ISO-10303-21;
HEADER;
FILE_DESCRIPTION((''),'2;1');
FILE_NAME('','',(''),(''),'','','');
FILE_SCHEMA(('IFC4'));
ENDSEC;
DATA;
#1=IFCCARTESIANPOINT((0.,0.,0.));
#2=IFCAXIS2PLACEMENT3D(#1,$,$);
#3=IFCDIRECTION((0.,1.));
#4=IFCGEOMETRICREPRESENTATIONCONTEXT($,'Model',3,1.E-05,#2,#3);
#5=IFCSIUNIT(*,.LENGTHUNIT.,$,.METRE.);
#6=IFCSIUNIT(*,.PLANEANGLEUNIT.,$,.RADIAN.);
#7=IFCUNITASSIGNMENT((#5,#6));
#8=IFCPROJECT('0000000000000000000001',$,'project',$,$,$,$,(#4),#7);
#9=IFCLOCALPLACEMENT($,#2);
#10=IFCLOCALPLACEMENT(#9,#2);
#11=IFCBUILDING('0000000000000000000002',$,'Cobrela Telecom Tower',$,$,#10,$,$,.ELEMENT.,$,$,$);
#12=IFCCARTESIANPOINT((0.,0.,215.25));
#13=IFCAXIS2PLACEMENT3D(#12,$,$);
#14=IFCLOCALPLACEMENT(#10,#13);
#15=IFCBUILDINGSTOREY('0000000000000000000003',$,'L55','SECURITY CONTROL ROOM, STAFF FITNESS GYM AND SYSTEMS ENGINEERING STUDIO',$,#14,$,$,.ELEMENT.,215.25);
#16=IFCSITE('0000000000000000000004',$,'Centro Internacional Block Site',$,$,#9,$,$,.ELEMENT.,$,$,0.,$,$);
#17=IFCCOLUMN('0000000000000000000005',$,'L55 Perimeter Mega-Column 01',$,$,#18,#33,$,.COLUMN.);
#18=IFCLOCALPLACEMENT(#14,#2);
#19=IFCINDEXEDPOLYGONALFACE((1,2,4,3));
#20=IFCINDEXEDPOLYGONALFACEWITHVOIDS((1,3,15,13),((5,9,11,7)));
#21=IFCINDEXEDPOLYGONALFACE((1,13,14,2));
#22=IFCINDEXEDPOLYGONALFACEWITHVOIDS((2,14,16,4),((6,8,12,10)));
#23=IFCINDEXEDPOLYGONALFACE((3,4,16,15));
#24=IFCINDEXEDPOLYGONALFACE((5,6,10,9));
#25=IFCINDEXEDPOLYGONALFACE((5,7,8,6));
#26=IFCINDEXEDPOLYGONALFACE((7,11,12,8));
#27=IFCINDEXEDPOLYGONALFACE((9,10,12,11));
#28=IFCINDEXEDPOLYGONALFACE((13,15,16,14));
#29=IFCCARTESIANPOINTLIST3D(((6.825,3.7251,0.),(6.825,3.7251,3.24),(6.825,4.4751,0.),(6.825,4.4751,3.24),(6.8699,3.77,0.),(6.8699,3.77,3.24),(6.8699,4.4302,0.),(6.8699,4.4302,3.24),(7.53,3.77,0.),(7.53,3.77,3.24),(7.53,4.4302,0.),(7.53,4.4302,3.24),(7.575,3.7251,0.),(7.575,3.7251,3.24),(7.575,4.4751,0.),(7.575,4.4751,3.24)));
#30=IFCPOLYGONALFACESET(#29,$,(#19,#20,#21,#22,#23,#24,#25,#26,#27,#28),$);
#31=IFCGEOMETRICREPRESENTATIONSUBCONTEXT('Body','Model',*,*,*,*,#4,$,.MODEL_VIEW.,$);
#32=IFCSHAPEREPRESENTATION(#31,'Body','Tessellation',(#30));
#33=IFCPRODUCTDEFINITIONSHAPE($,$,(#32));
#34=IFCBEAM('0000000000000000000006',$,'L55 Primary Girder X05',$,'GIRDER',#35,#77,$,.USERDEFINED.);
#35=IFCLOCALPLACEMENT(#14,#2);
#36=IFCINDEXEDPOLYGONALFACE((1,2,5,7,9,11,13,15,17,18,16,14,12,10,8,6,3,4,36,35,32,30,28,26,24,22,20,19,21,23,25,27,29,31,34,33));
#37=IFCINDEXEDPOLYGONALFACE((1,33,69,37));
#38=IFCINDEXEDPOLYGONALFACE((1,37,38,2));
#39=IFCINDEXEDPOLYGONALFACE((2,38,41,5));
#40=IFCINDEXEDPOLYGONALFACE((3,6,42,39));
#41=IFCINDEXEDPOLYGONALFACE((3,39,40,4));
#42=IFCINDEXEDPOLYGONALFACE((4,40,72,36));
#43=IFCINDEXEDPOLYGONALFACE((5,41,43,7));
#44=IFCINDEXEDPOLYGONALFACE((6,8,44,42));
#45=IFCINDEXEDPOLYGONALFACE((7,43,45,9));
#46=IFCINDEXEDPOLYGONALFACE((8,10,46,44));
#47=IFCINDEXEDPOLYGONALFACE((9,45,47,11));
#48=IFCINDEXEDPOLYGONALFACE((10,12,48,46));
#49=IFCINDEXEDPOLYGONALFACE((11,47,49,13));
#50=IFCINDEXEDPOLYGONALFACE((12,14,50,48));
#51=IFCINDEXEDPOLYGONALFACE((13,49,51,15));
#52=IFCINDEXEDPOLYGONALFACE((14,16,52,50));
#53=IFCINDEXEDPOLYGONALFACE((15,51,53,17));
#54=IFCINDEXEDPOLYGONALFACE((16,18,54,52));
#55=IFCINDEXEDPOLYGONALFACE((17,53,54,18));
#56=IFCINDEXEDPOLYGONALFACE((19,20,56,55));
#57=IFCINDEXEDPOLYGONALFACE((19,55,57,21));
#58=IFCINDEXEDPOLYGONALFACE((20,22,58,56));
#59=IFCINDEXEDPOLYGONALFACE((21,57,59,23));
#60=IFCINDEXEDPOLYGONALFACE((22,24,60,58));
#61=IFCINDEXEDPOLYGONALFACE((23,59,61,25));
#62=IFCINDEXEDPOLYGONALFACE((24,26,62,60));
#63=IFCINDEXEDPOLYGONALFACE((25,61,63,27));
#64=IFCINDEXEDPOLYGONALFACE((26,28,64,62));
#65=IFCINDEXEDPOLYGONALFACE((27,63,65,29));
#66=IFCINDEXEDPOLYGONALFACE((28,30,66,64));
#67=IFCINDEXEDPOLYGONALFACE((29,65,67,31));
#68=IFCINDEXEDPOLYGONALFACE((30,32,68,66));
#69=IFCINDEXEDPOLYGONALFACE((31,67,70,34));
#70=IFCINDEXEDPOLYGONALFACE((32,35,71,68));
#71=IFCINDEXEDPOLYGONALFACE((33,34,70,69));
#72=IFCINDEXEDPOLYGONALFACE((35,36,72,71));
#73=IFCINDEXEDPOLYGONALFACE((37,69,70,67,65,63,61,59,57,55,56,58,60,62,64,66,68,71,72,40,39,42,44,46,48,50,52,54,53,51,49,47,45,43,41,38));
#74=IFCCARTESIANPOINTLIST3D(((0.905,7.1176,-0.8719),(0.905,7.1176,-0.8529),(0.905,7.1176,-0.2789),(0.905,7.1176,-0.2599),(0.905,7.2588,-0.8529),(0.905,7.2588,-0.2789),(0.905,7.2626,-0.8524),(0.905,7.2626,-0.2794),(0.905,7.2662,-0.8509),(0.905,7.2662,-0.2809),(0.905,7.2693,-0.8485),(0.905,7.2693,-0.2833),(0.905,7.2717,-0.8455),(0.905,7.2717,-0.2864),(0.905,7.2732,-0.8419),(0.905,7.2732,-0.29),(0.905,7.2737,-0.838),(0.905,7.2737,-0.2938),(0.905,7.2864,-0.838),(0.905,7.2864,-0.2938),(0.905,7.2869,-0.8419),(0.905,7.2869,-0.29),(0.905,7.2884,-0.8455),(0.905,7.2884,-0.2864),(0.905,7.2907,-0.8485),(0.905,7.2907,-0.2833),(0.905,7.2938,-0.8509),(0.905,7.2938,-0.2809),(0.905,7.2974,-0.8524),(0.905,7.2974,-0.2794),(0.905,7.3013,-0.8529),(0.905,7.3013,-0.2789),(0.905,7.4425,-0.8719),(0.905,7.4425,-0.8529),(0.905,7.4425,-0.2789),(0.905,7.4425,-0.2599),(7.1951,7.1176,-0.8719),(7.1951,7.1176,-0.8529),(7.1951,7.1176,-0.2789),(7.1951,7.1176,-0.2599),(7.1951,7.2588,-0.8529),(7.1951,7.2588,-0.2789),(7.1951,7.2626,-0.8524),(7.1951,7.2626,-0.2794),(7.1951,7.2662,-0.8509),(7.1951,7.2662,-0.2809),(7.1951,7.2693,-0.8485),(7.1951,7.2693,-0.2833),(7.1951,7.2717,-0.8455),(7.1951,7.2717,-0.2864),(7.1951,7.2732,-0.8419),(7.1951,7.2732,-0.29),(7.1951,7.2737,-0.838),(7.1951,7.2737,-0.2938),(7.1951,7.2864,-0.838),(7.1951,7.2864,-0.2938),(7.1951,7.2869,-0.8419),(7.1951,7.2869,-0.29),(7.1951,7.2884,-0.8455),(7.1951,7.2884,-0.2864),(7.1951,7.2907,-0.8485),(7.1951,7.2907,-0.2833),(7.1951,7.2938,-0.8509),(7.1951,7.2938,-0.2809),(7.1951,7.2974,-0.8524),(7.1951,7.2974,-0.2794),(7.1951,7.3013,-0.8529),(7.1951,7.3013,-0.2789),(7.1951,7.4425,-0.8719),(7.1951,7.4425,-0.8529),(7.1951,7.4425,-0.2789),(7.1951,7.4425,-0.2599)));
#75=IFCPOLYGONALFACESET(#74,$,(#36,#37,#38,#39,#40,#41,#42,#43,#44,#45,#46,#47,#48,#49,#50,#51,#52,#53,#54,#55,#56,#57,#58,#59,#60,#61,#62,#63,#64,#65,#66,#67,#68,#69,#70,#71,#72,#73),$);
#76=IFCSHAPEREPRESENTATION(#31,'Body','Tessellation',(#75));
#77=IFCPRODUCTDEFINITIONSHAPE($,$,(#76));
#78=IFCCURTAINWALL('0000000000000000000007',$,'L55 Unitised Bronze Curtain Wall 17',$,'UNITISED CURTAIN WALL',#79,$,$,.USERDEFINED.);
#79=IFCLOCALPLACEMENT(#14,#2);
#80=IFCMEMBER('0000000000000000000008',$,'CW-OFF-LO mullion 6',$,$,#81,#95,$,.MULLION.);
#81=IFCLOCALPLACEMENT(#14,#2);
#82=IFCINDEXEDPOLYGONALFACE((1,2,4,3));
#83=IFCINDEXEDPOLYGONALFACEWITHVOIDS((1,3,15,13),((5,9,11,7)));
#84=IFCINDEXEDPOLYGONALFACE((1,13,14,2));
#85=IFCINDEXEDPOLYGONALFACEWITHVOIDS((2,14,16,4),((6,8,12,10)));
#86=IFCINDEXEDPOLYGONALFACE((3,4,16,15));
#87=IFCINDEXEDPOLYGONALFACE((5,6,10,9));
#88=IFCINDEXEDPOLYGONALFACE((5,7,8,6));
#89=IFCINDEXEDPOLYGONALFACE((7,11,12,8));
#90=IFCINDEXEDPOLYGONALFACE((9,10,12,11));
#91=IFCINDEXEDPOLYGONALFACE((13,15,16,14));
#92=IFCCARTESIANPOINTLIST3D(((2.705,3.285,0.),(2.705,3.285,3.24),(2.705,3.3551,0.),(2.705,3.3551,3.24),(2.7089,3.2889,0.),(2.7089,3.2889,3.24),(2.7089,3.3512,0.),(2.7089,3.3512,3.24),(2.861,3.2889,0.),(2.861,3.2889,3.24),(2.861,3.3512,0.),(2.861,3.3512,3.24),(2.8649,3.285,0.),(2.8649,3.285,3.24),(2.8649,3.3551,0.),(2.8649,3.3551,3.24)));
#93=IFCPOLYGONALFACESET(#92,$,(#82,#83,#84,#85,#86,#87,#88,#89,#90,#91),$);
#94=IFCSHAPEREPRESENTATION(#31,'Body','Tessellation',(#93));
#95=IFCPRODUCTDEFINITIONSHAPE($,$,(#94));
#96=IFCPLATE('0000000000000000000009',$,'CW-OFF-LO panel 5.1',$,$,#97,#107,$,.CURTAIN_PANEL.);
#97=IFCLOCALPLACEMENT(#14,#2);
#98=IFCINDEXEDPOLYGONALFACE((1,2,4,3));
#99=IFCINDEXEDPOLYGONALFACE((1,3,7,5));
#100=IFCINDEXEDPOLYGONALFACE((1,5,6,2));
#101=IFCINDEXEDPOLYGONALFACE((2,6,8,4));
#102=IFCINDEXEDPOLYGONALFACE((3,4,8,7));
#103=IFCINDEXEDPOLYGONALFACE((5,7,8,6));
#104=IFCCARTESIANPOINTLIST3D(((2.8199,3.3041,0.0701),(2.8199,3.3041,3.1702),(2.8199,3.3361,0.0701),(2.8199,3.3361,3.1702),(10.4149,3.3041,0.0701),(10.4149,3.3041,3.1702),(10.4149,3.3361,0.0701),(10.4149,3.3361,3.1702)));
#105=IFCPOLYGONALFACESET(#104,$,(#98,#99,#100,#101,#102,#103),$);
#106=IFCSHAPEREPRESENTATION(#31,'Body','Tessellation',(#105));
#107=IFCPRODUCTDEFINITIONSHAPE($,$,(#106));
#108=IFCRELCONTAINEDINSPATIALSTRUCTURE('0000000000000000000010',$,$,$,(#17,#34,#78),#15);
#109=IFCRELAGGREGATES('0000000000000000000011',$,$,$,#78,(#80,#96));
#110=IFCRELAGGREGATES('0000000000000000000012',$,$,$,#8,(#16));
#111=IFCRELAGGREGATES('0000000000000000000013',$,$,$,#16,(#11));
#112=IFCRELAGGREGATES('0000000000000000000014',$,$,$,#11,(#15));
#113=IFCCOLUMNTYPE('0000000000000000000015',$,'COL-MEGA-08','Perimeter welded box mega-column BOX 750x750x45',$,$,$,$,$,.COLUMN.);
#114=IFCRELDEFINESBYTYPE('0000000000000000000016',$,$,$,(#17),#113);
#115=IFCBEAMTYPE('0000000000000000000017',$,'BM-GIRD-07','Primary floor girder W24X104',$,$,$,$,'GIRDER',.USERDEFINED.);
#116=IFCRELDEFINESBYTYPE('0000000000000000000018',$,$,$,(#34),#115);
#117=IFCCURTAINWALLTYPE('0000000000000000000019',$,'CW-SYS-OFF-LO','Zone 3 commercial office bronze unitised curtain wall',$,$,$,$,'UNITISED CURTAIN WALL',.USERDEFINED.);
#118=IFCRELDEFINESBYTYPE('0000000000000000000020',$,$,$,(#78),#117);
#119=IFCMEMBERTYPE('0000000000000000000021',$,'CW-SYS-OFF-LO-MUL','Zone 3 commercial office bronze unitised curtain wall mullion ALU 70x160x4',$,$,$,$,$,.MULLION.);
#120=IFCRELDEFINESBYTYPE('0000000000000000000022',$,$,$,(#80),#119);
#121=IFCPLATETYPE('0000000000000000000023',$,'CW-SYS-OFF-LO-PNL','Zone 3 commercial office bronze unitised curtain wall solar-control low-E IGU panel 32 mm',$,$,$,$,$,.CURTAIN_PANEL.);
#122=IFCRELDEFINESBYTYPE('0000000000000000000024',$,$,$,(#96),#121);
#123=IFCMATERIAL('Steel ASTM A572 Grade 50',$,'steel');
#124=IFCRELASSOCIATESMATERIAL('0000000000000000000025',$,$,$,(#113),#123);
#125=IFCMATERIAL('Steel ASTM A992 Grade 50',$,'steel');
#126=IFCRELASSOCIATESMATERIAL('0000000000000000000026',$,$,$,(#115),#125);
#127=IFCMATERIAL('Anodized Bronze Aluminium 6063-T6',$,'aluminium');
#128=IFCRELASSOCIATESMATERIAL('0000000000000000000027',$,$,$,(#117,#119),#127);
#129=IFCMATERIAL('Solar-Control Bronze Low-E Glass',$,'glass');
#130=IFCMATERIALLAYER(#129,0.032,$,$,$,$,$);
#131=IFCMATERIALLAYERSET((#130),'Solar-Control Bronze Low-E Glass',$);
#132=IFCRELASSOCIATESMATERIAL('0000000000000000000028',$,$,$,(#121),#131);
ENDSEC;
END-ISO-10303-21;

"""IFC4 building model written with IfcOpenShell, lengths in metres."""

from ifc_helpers import new_model, si_unit, direction, frame, origin, origin_2d, place, context, subcontext, project, spatial, rectangle, hollow_rectangle, i_section, extrude, material, layer, layer_set, material_profile, profile_set, type_object, element, aggregate, save


model = new_model("IFC4")

# Units and contexts
model_context = context("Model", 3, precision=1e-05, world=origin(), true_north=direction((0.0, 1.0)))
body_context = subcontext(model_context, "Body", "Model", "MODEL_VIEW")
ifc_project = project(units=[si_unit("LENGTHUNIT", "METRE"), si_unit("PLANEANGLEUNIT", "RADIAN")], contexts=[model_context])

# Site, building, storey
site_placement = place(None, origin())
site = spatial("IfcSite", under=ifc_project, at=site_placement, Name="Centro Internacional Block Site", CompositionType="ELEMENT", RefElevation=0.0)
building_placement = place(site_placement, origin())
building = spatial("IfcBuilding", under=site, at=building_placement, Name="Cobrela Telecom Tower", CompositionType="ELEMENT")
storey_placement = place(building_placement, frame((0.0, 0.0, 215.25)))
storey = spatial("IfcBuildingStorey", under=building, at=storey_placement, Name="L55", Description="SECURITY CONTROL ROOM, STAFF FITNESS GYM AND SYSTEMS ENGINEERING STUDIO", CompositionType="ELEMENT", Elevation=215.25)

# Column
ifc_material_1 = material(Name="Steel ASTM A572 Grade 50", Category="steel")
ifc_material_profile_1 = material_profile(ifc_material_1, hollow_rectangle(XDim=0.75, YDim=0.75, WallThickness=0.0449, at=origin_2d()), Name="BOX 750x750x45")
ifc_profile_set_1 = profile_set([ifc_material_profile_1], Name="Steel ASTM A572 Grade 50")
column_type = type_object("IfcColumnType", Name="COL-MEGA-08", Description="Perimeter welded box mega-column BOX 750x750x45", PredefinedType="COLUMN", material=ifc_profile_set_1)
column_placement = place(storey_placement, frame((7.2, 4.1001, 0.0), z_axis=(0.0, 0.0, 1.0), x_axis=(1.0, 0.0, 0.0)))
element("IfcColumn", 1, at=column_placement, inside=storey, type_object=column_type, Name="L55 Perimeter Mega-Column 01", PredefinedType="COLUMN", context=body_context, shape_type="SweptSolid", body=[
    extrude(hollow_rectangle(XDim=0.75, YDim=0.75, WallThickness=0.0449, at=origin_2d()), origin(), (0.0, 0.0, 1.0), 3.24),
])

# Beam
ifc_material_2 = material(Name="Steel ASTM A992 Grade 50", Category="steel")
ifc_material_profile_2 = material_profile(ifc_material_2, i_section(OverallWidth=0.325, OverallDepth=0.6121, WebThickness=0.0127, FlangeThickness=0.019, FilletRadius=0.0149, at=origin_2d()), Name="W24X104")
ifc_profile_set_2 = profile_set([ifc_material_profile_2], Name="Steel ASTM A992 Grade 50")
beam_type = type_object("IfcBeamType", Name="BM-GIRD-07", Description="Primary floor girder W24X104", ElementType="GIRDER", PredefinedType="USERDEFINED", material=ifc_profile_set_2)
beam_placement = place(storey_placement, frame((0.905, 7.28, -0.5659), z_axis=(1.0, 0.0, 0.0), x_axis=(0.0, 1.0, 0.0)))
element("IfcBeam", 2, at=beam_placement, inside=storey, type_object=beam_type, Name="L55 Primary Girder X05", ObjectType="GIRDER", PredefinedType="USERDEFINED", context=body_context, shape_type="SweptSolid", body=[
    extrude(i_section(OverallWidth=0.325, OverallDepth=0.6121, WebThickness=0.0127, FlangeThickness=0.019, FilletRadius=0.0149, at=origin_2d()), origin(), (0.0, 0.0, 1.0), 6.29),
])

# Curtain wall, member, plate
ifc_material_3 = material(Name="Anodized Bronze Aluminium 6063-T6", Category="aluminium")
curtain_wall_type = type_object("IfcCurtainWallType", Name="CW-SYS-OFF-LO", Description="Zone 3 commercial office bronze unitised curtain wall", ElementType="UNITISED CURTAIN WALL", PredefinedType="USERDEFINED", material=ifc_material_3)
curtain_wall_placement = place(storey_placement, origin())
curtain_wall = element("IfcCurtainWall", 3, at=curtain_wall_placement, inside=storey, type_object=curtain_wall_type, Name="L55 Unitised Bronze Curtain Wall 17", ObjectType="UNITISED CURTAIN WALL", PredefinedType="USERDEFINED")
ifc_material_profile_3 = material_profile(ifc_material_3, hollow_rectangle(XDim=0.0701, YDim=0.1599, WallThickness=0.0039, at=origin_2d()), Name="ALU 70x160x4")
ifc_profile_set_3 = profile_set([ifc_material_profile_3], Name="Anodized Bronze Aluminium 6063-T6")
member_type = type_object("IfcMemberType", Name="CW-SYS-OFF-LO-MUL", Description="Zone 3 commercial office bronze unitised curtain wall mullion ALU 70x160x4", PredefinedType="MULLION", material=ifc_profile_set_3)
member_placement = place(storey_placement, frame((2.7849, 3.3201, 0.0), z_axis=(0.0, 0.0, 1.0), x_axis=(0.0, -1.0, 0.0)))
member = element("IfcMember", 4, at=member_placement, type_object=member_type, Name="CW-OFF-LO mullion 6", PredefinedType="MULLION", context=body_context, shape_type="SweptSolid", body=[
    extrude(hollow_rectangle(XDim=0.0701, YDim=0.1599, WallThickness=0.0039, at=origin_2d()), origin(), (0.0, 0.0, 1.0), 3.24),
])
ifc_material_4 = material(Name="Solar-Control Bronze Low-E Glass", Category="glass")
ifc_layer_1 = layer(ifc_material_4, 0.032)
ifc_layer_set_1 = layer_set([ifc_layer_1], Name="Solar-Control Bronze Low-E Glass")
plate_type = type_object("IfcPlateType", Name="CW-SYS-OFF-LO-PNL", Description="Zone 3 commercial office bronze unitised curtain wall solar-control low-E IGU panel 32 mm", PredefinedType="CURTAIN_PANEL", material=ifc_layer_set_1)
plate_placement = place(storey_placement, frame((6.6174, 3.3201, 0.0701), z_axis=(0.0, 0.0, 1.0), x_axis=(-1.0, 0.0, 0.0)))
plate = element("IfcPlate", 5, at=plate_placement, type_object=plate_type, Name="CW-OFF-LO panel 5.1", PredefinedType="CURTAIN_PANEL", context=body_context, shape_type="SweptSolid", body=[
    extrude(rectangle(XDim=7.595, YDim=0.032, at=origin_2d()), origin(), (0.0, 0.0, 1.0), 3.1001),
])
aggregate(curtain_wall, [member, plate])

save(model, "model.ifc")
